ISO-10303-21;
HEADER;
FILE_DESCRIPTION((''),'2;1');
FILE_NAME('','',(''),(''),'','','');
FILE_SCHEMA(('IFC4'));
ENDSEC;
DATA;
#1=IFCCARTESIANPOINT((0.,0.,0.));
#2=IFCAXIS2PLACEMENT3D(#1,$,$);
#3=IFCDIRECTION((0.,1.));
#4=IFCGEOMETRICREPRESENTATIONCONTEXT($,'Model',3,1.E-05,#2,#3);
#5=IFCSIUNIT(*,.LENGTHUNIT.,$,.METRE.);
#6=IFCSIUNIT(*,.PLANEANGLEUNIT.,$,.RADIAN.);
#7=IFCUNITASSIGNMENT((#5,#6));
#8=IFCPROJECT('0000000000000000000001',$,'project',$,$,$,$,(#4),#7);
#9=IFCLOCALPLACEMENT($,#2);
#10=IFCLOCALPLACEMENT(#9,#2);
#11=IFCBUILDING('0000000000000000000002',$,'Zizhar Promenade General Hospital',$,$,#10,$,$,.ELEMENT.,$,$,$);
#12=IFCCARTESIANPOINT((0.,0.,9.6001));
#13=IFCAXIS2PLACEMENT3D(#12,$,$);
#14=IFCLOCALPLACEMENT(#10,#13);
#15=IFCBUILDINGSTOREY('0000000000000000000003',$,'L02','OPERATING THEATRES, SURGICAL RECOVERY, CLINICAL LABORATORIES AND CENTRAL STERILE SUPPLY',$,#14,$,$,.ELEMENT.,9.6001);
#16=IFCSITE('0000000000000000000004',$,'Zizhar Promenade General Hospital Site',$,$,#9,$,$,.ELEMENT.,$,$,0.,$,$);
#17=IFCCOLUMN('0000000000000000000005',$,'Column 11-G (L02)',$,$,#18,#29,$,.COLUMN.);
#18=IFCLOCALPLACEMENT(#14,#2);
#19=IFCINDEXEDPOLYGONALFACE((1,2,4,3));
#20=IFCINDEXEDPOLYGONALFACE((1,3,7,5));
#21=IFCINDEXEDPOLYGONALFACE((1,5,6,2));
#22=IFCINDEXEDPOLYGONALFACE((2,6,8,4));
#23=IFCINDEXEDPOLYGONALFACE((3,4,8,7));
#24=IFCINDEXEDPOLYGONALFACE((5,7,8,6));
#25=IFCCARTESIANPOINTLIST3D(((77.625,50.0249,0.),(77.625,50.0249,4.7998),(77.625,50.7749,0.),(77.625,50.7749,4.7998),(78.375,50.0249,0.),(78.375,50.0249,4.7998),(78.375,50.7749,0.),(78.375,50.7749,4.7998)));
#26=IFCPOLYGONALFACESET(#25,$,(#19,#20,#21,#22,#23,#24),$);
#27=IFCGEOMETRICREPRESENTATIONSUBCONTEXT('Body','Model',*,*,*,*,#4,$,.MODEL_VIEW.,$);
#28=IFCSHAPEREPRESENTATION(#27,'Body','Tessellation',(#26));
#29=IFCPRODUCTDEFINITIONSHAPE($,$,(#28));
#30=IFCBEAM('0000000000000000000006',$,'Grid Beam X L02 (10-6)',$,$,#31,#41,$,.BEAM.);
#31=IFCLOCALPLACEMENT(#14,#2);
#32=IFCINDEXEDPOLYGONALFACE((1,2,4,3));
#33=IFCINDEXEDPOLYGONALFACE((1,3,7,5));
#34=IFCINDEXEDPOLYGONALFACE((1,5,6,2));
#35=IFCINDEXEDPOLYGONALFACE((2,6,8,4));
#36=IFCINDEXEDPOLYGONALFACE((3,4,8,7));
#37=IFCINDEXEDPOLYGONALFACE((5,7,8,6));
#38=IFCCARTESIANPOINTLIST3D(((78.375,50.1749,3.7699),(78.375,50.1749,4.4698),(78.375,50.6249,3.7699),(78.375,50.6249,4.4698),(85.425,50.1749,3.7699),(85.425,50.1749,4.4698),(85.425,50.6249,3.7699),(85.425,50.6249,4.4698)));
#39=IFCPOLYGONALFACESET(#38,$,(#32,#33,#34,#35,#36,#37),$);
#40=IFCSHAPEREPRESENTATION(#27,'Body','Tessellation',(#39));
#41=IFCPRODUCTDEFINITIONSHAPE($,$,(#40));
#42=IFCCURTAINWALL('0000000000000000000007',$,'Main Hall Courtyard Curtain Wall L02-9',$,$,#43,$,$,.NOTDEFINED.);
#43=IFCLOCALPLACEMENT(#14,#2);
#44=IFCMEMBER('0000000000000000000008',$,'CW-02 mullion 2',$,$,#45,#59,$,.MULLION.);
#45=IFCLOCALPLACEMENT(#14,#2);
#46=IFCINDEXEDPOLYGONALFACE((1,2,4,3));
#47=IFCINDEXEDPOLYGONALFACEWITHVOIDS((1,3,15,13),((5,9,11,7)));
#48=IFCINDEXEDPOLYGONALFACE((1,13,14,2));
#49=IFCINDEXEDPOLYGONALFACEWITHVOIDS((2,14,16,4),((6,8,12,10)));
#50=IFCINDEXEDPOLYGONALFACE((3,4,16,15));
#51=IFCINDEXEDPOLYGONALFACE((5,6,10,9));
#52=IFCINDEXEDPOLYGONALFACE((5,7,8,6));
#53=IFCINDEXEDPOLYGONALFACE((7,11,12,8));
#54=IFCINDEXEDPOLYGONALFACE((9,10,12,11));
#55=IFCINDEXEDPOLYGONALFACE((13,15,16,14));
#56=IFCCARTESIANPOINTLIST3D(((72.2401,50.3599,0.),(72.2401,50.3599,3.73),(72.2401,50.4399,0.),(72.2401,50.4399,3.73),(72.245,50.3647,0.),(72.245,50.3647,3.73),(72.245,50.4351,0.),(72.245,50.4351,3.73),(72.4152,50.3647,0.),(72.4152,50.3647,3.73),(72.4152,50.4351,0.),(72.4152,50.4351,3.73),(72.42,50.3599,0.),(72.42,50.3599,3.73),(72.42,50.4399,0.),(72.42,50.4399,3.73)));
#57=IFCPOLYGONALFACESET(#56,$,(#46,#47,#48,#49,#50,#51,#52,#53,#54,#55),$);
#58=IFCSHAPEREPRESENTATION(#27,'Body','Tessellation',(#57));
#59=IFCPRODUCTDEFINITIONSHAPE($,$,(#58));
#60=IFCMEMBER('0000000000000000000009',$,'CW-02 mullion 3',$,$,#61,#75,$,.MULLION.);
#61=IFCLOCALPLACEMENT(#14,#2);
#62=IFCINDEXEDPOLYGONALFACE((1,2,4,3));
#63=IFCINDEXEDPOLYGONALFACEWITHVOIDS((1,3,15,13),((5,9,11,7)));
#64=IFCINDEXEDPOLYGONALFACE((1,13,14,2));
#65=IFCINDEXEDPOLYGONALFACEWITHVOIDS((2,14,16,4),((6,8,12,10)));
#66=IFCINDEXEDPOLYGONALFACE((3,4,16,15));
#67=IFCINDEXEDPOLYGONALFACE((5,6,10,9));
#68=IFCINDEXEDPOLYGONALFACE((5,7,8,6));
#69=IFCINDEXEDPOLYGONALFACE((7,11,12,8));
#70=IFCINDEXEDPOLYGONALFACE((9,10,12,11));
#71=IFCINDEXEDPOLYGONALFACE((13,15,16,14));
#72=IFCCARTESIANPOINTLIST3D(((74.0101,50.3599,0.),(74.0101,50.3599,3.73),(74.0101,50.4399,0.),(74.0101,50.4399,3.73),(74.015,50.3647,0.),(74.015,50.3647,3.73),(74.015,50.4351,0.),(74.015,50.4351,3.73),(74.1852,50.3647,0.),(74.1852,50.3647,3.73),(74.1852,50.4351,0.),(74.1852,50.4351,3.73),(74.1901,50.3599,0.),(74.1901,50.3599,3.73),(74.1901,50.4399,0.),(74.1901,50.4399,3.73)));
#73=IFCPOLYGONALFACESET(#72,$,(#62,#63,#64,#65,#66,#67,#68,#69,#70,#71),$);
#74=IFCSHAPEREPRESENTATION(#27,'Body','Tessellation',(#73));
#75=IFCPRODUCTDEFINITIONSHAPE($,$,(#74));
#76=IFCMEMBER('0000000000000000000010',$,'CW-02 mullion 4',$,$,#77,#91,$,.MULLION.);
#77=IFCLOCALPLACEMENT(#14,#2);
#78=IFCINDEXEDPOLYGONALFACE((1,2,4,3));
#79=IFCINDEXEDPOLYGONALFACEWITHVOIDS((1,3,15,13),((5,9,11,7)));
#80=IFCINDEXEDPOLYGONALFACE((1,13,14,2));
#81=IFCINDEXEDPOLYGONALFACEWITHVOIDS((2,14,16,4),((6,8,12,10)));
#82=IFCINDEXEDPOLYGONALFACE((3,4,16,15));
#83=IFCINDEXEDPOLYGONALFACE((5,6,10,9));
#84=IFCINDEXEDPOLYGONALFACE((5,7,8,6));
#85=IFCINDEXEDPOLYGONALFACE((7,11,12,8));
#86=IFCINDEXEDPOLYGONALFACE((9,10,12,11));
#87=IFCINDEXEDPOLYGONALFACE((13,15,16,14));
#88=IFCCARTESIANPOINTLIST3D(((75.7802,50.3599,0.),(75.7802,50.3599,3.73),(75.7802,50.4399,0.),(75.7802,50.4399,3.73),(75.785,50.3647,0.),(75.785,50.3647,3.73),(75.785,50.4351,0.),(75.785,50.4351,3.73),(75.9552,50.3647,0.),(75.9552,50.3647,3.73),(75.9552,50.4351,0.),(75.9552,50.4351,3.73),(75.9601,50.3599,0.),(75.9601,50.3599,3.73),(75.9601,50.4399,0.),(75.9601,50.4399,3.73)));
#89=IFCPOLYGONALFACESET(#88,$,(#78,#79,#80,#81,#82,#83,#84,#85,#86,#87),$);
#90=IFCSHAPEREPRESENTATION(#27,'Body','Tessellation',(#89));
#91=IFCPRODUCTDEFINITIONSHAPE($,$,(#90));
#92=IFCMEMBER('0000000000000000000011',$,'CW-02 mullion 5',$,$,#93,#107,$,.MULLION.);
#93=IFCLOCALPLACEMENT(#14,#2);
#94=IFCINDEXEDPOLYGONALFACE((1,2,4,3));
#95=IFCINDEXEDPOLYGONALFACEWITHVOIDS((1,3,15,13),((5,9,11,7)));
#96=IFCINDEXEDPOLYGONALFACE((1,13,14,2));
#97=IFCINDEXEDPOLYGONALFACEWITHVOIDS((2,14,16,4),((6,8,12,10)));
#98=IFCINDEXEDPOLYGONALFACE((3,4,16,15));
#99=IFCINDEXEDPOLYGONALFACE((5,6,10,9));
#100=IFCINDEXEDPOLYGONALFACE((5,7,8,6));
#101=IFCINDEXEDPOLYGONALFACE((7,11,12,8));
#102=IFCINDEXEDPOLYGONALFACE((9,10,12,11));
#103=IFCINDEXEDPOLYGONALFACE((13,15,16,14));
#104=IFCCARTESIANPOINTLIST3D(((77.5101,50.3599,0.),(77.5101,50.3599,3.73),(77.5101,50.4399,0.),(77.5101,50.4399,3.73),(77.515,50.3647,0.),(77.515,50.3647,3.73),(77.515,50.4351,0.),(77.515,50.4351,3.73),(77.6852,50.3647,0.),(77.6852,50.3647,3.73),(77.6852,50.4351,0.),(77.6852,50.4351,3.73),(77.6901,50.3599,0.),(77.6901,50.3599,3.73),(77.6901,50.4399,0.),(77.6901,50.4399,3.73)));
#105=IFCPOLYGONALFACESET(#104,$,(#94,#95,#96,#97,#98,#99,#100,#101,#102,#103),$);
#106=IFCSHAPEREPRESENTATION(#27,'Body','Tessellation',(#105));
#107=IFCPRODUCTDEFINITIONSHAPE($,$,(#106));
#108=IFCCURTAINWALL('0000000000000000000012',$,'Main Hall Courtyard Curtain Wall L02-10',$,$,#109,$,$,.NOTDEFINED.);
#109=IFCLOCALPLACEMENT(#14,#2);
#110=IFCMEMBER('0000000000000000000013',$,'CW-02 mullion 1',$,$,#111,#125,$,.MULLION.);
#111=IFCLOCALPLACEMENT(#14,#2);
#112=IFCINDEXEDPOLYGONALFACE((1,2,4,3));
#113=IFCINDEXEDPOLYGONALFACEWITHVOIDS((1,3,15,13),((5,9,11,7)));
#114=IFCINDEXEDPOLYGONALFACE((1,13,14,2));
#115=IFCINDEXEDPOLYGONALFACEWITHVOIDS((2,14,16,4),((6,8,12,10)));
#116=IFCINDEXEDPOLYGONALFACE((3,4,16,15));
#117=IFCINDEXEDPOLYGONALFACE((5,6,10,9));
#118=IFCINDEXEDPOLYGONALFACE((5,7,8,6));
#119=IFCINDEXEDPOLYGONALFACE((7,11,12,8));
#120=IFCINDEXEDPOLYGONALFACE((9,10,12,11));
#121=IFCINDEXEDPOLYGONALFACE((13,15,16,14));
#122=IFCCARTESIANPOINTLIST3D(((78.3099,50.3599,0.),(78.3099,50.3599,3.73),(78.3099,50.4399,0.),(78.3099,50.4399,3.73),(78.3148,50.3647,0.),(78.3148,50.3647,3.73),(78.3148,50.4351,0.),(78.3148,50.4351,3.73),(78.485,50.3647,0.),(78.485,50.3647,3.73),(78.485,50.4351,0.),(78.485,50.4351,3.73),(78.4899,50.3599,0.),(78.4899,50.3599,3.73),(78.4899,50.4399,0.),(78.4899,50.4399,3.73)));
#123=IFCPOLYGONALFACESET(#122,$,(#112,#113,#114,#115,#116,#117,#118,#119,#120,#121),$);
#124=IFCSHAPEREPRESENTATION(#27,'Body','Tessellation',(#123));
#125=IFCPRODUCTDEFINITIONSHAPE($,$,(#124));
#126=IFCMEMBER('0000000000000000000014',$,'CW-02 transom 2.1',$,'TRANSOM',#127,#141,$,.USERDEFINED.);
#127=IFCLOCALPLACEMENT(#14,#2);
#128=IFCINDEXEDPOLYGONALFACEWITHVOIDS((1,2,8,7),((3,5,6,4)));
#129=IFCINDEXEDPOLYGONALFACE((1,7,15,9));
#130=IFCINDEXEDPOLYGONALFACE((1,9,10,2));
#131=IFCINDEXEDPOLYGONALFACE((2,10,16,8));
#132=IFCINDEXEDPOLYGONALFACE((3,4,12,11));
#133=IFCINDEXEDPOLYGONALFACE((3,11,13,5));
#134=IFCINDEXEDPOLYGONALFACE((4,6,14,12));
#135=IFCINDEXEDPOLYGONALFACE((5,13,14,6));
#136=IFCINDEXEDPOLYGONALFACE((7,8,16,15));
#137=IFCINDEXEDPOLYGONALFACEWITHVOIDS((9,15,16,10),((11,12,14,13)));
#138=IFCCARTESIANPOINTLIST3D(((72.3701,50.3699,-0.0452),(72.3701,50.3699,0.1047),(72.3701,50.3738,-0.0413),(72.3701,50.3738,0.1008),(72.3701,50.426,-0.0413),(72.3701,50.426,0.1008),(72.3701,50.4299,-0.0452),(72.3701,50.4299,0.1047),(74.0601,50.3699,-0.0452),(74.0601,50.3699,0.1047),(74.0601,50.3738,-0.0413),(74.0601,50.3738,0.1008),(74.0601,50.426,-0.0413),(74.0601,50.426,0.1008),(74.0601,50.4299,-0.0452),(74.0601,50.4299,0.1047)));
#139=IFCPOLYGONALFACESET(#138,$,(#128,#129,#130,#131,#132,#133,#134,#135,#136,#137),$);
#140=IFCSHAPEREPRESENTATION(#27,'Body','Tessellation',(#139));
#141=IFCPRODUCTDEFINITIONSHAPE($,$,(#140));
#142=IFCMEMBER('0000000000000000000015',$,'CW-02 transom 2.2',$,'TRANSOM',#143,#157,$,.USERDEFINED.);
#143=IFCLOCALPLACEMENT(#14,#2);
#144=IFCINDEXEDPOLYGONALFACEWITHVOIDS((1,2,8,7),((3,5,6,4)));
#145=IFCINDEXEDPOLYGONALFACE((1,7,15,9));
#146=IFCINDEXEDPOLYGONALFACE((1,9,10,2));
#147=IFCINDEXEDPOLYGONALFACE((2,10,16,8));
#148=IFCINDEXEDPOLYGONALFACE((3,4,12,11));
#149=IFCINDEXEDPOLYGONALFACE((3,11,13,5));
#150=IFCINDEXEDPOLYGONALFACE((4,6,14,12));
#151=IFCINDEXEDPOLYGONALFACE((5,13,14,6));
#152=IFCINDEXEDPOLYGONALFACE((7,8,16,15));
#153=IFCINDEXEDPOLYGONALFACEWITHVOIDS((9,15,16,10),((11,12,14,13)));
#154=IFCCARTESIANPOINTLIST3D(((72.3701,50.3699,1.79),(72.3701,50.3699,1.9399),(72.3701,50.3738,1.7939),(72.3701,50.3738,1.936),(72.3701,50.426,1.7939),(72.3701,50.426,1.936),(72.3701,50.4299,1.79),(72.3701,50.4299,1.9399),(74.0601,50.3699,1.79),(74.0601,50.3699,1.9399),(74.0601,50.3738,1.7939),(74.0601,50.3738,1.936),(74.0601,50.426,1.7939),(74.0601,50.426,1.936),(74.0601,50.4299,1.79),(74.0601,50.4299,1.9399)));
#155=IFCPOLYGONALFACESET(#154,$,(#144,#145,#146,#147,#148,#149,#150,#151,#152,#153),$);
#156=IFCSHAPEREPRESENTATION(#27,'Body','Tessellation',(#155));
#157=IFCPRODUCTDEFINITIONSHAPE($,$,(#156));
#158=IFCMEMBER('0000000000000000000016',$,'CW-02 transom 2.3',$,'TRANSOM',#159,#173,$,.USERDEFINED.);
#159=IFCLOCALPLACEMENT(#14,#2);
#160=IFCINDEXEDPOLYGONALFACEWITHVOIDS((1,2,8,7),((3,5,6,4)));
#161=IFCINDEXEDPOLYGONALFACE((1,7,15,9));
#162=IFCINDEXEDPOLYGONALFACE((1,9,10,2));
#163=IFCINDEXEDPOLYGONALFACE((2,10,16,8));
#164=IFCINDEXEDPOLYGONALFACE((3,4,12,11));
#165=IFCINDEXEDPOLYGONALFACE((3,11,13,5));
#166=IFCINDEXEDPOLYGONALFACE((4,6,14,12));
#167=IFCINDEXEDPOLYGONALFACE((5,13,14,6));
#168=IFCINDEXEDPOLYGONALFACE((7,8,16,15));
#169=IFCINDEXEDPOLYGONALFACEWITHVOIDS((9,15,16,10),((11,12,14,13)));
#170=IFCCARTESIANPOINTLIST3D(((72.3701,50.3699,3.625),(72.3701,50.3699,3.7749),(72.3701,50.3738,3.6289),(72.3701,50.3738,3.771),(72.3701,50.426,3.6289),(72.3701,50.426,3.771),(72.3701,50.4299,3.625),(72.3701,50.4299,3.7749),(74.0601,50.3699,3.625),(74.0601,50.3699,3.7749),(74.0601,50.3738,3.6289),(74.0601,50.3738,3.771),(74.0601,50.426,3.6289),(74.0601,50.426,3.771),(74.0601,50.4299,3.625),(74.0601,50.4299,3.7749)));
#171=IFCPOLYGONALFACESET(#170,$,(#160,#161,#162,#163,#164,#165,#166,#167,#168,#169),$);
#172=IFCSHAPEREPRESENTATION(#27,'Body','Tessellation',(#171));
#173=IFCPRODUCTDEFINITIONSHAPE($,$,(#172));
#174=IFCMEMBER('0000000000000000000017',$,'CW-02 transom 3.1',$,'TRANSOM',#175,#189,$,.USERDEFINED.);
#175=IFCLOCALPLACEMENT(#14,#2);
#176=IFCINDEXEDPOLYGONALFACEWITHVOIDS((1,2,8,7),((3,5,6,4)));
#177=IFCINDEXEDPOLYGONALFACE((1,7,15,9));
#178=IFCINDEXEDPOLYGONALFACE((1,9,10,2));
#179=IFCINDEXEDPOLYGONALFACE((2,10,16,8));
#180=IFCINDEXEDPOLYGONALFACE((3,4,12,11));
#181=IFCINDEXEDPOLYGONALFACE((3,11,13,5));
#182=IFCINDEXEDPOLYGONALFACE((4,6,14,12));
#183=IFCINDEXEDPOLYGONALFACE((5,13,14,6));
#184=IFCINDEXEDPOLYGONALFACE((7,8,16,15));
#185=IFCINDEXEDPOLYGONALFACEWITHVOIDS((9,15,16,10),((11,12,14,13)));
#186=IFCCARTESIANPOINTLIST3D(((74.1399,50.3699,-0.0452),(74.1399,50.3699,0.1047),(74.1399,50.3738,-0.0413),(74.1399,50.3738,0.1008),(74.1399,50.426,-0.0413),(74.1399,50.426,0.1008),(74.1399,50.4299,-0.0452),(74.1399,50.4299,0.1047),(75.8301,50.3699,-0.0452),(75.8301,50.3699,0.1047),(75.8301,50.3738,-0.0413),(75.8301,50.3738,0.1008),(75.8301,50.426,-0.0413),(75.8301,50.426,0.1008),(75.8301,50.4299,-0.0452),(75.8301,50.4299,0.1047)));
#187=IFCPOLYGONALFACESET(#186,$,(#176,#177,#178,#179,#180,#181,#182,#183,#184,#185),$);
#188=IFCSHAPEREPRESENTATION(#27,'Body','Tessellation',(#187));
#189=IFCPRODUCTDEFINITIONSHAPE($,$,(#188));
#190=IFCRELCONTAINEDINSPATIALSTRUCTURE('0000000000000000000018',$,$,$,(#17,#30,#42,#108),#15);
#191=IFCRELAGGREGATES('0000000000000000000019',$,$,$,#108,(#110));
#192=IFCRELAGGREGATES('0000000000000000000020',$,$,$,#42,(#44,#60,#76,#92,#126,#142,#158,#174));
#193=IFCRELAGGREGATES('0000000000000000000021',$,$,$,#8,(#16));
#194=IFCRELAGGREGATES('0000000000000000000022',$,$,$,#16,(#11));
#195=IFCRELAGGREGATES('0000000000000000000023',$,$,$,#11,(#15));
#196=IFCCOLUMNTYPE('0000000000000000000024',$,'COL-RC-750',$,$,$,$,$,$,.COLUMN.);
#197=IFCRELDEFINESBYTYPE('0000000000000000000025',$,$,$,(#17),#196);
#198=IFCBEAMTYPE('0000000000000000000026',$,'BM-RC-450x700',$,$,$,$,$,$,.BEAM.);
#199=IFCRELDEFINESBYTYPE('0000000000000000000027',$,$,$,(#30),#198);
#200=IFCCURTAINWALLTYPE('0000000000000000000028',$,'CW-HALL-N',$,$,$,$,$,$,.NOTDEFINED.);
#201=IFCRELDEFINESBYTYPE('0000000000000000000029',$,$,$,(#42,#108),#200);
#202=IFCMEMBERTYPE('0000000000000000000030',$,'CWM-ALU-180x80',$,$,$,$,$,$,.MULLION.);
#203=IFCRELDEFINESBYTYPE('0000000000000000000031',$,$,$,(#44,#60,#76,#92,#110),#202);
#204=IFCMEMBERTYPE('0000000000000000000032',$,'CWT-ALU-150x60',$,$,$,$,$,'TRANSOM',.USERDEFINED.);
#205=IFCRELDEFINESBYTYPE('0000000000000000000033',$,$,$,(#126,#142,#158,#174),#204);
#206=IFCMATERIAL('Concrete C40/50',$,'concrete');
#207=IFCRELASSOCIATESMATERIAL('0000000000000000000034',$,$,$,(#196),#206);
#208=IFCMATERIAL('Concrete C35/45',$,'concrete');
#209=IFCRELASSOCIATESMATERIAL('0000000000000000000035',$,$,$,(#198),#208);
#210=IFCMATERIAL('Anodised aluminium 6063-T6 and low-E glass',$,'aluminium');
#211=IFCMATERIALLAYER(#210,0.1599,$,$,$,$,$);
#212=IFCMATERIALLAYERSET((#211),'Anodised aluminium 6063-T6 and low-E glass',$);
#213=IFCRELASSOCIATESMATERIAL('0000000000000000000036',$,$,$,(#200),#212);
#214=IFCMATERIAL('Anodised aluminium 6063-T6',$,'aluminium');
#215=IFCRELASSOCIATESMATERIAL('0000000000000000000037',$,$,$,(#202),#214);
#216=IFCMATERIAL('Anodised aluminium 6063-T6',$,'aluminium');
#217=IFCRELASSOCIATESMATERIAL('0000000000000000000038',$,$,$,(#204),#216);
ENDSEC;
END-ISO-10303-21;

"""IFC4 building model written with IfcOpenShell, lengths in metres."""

from ifc_helpers import new_model, si_unit, direction, frame, origin, origin_2d, place, context, subcontext, project, spatial, rectangle, hollow_rectangle, extrude, material, layer, layer_set, material_profile, profile_set, type_object, element, aggregate, save


model = new_model("IFC4")

# Units and contexts
model_context = context("Model", 3, precision=1e-05, world=origin(), true_north=direction((0.0, 1.0)))
body_context = subcontext(model_context, "Body", "Model", "MODEL_VIEW")
ifc_project = project(units=[si_unit("LENGTHUNIT", "METRE"), si_unit("PLANEANGLEUNIT", "RADIAN")], contexts=[model_context])

# Site, building, storey
site_placement = place(None, origin())
site = spatial("IfcSite", under=ifc_project, at=site_placement, Name="Zizhar Promenade General Hospital Site", CompositionType="ELEMENT", RefElevation=0.0)
building_placement = place(site_placement, origin())
building = spatial("IfcBuilding", under=site, at=building_placement, Name="Zizhar Promenade General Hospital", CompositionType="ELEMENT")
storey_placement = place(building_placement, frame((0.0, 0.0, 9.6001)))
storey = spatial("IfcBuildingStorey", under=building, at=storey_placement, Name="L02", Description="OPERATING THEATRES, SURGICAL RECOVERY, CLINICAL LABORATORIES AND CENTRAL STERILE SUPPLY", CompositionType="ELEMENT", Elevation=9.6001)

# Column
ifc_material_1 = material(Name="Concrete C40/50", Category="concrete")
ifc_material_profile_1 = material_profile(ifc_material_1, rectangle(XDim=0.75, YDim=0.75, at=origin_2d()))
ifc_profile_set_1 = profile_set([ifc_material_profile_1], Name="Concrete C40/50")
column_type = type_object("IfcColumnType", Name="COL-RC-750", PredefinedType="COLUMN", material=ifc_profile_set_1)
column_placement = place(storey_placement, frame((78.0, 50.3999, 0.0), z_axis=(0.0, 0.0, 1.0), x_axis=(1.0, 0.0, 0.0)))
element("IfcColumn", 1, at=column_placement, inside=storey, type_object=column_type, Name="Column 11-G (L02)", PredefinedType="COLUMN", context=body_context, shape_type="SweptSolid", body=[
    extrude(rectangle(XDim=0.75, YDim=0.75, at=origin_2d()), origin(), (0.0, 0.0, 1.0), 4.7998),
])

# Beam
ifc_material_2 = material(Name="Concrete C35/45", Category="concrete")
ifc_material_profile_2 = material_profile(ifc_material_2, rectangle(XDim=0.45, YDim=0.7, at=origin_2d()))
ifc_profile_set_2 = profile_set([ifc_material_profile_2], Name="Concrete C35/45")
beam_type = type_object("IfcBeamType", Name="BM-RC-450x700", PredefinedType="BEAM", material=ifc_profile_set_2)
beam_placement = place(storey_placement, frame((78.375, 50.3999, 4.1199), z_axis=(1.0, 0.0, 0.0), x_axis=(0.0, 1.0, 0.0)))
element("IfcBeam", 2, at=beam_placement, inside=storey, type_object=beam_type, Name="Grid Beam X L02 (10-6)", PredefinedType="BEAM", context=body_context, shape_type="SweptSolid", body=[
    extrude(rectangle(XDim=0.45, YDim=0.7, at=origin_2d()), origin(), (0.0, 0.0, 1.0), 7.05),
])

# Curtain wall, members
ifc_material_3 = material(Name="Anodised aluminium 6063-T6 and low-E glass", Category="aluminium")
ifc_layer_1 = layer(ifc_material_3, 0.1599)
ifc_layer_set_1 = layer_set([ifc_layer_1], Name="Anodised aluminium 6063-T6 and low-E glass")
curtain_wall_type = type_object("IfcCurtainWallType", Name="CW-HALL-N", PredefinedType="NOTDEFINED", material=ifc_layer_set_1)
curtain_wall_1_placement = place(storey_placement, origin())
curtain_wall_1 = element("IfcCurtainWall", 3, at=curtain_wall_1_placement, inside=storey, type_object=curtain_wall_type, Name="Main Hall Courtyard Curtain Wall L02-9", PredefinedType="NOTDEFINED")
ifc_material_4 = material(Name="Anodised aluminium 6063-T6", Category="aluminium")
ifc_material_profile_3 = material_profile(ifc_material_4, hollow_rectangle(XDim=0.0801, YDim=0.1799, WallThickness=0.0049, at=origin_2d()))
ifc_profile_set_3 = profile_set([ifc_material_profile_3], Name="Anodised aluminium 6063-T6")
member_type_1 = type_object("IfcMemberType", Name="CWM-ALU-180x80", PredefinedType="MULLION", material=ifc_profile_set_3)
member_1_placement = place(storey_placement, frame((72.3301, 50.3999, 0.0), z_axis=(0.0, 0.0, 1.0), x_axis=(0.0, 1.0, 0.0)))
member_1 = element("IfcMember", 4, at=member_1_placement, type_object=member_type_1, Name="CW-02 mullion 2", PredefinedType="MULLION", context=body_context, shape_type="SweptSolid", body=[
    extrude(hollow_rectangle(XDim=0.0801, YDim=0.1799, WallThickness=0.0049, at=origin_2d()), origin(), (0.0, 0.0, 1.0), 3.73),
])
member_2_placement = place(storey_placement, frame((74.1001, 50.3999, 0.0), z_axis=(0.0, 0.0, 1.0), x_axis=(0.0, 1.0, 0.0)))
member_2 = element("IfcMember", 5, at=member_2_placement, type_object=member_type_1, Name="CW-02 mullion 3", PredefinedType="MULLION", context=body_context, shape_type="SweptSolid", body=[
    extrude(hollow_rectangle(XDim=0.0801, YDim=0.1799, WallThickness=0.0049, at=origin_2d()), origin(), (0.0, 0.0, 1.0), 3.73),
])
member_3_placement = place(storey_placement, frame((75.8701, 50.3999, 0.0), z_axis=(0.0, 0.0, 1.0), x_axis=(0.0, 1.0, 0.0)))
member_3 = element("IfcMember", 6, at=member_3_placement, type_object=member_type_1, Name="CW-02 mullion 4", PredefinedType="MULLION", context=body_context, shape_type="SweptSolid", body=[
    extrude(hollow_rectangle(XDim=0.0801, YDim=0.1799, WallThickness=0.0049, at=origin_2d()), origin(), (0.0, 0.0, 1.0), 3.73),
])
member_4_placement = place(storey_placement, frame((77.6001, 50.3999, 0.0), z_axis=(0.0, 0.0, 1.0), x_axis=(0.0, 1.0, 0.0)))
member_4 = element("IfcMember", 7, at=member_4_placement, type_object=member_type_1, Name="CW-02 mullion 5", PredefinedType="MULLION", context=body_context, shape_type="SweptSolid", body=[
    extrude(hollow_rectangle(XDim=0.0801, YDim=0.1799, WallThickness=0.0049, at=origin_2d()), origin(), (0.0, 0.0, 1.0), 3.73),
])

# Curtain wall, member
curtain_wall_2_placement = place(storey_placement, origin())
curtain_wall_2 = element("IfcCurtainWall", 8, at=curtain_wall_2_placement, inside=storey, type_object=curtain_wall_type, Name="Main Hall Courtyard Curtain Wall L02-10", PredefinedType="NOTDEFINED")
member_5_placement = place(storey_placement, frame((78.3999, 50.3999, 0.0), z_axis=(0.0, 0.0, 1.0), x_axis=(0.0, 1.0, 0.0)))
member_5 = element("IfcMember", 9, at=member_5_placement, type_object=member_type_1, Name="CW-02 mullion 1", PredefinedType="MULLION", context=body_context, shape_type="SweptSolid", body=[
    extrude(hollow_rectangle(XDim=0.0801, YDim=0.1799, WallThickness=0.0049, at=origin_2d()), origin(), (0.0, 0.0, 1.0), 3.73),
])

# Members
ifc_material_5 = material(Name="Anodised aluminium 6063-T6", Category="aluminium")
ifc_material_profile_4 = material_profile(ifc_material_5, hollow_rectangle(XDim=0.0601, YDim=0.1499, WallThickness=0.0039, at=origin_2d()))
ifc_profile_set_4 = profile_set([ifc_material_profile_4], Name="Anodised aluminium 6063-T6")
member_type_2 = type_object("IfcMemberType", Name="CWT-ALU-150x60", ElementType="TRANSOM", PredefinedType="USERDEFINED", material=ifc_profile_set_4)
member_6_placement = place(storey_placement, frame((72.3701, 50.3999, 0.0298), z_axis=(1.0, 0.0, 0.0), x_axis=(0.0, 1.0, 0.0)))
member_6 = element("IfcMember", 10, at=member_6_placement, type_object=member_type_2, Name="CW-02 transom 2.1", ObjectType="TRANSOM", PredefinedType="USERDEFINED", context=body_context, shape_type="SweptSolid", body=[
    extrude(hollow_rectangle(XDim=0.0601, YDim=0.1499, WallThickness=0.0039, at=origin_2d()), origin(), (0.0, 0.0, 1.0), 1.6899),
])
member_7_placement = place(storey_placement, frame((72.3701, 50.3999, 1.865), z_axis=(1.0, 0.0, 0.0), x_axis=(0.0, 1.0, 0.0)))
member_7 = element("IfcMember", 11, at=member_7_placement, type_object=member_type_2, Name="CW-02 transom 2.2", ObjectType="TRANSOM", PredefinedType="USERDEFINED", context=body_context, shape_type="SweptSolid", body=[
    extrude(hollow_rectangle(XDim=0.0601, YDim=0.1499, WallThickness=0.0039, at=origin_2d()), origin(), (0.0, 0.0, 1.0), 1.6899),
])
member_8_placement = place(storey_placement, frame((72.3701, 50.3999, 3.7), z_axis=(1.0, 0.0, 0.0), x_axis=(0.0, 1.0, 0.0)))
member_8 = element("IfcMember", 12, at=member_8_placement, type_object=member_type_2, Name="CW-02 transom 2.3", ObjectType="TRANSOM", PredefinedType="USERDEFINED", context=body_context, shape_type="SweptSolid", body=[
    extrude(hollow_rectangle(XDim=0.0601, YDim=0.1499, WallThickness=0.0039, at=origin_2d()), origin(), (0.0, 0.0, 1.0), 1.6899),
])
member_9_placement = place(storey_placement, frame((74.1399, 50.3999, 0.0298), z_axis=(1.0, 0.0, 0.0), x_axis=(0.0, 1.0, 0.0)))
member_9 = element("IfcMember", 13, at=member_9_placement, type_object=member_type_2, Name="CW-02 transom 3.1", ObjectType="TRANSOM", PredefinedType="USERDEFINED", context=body_context, shape_type="SweptSolid", body=[
    extrude(hollow_rectangle(XDim=0.0601, YDim=0.1499, WallThickness=0.0039, at=origin_2d()), origin(), (0.0, 0.0, 1.0), 1.6902),
])
aggregate(curtain_wall_2, [member_5])

aggregate(curtain_wall_1, [member_1, member_2, member_3, member_4, member_6, member_7, member_8, member_9])

save(model, "model.ifc")
